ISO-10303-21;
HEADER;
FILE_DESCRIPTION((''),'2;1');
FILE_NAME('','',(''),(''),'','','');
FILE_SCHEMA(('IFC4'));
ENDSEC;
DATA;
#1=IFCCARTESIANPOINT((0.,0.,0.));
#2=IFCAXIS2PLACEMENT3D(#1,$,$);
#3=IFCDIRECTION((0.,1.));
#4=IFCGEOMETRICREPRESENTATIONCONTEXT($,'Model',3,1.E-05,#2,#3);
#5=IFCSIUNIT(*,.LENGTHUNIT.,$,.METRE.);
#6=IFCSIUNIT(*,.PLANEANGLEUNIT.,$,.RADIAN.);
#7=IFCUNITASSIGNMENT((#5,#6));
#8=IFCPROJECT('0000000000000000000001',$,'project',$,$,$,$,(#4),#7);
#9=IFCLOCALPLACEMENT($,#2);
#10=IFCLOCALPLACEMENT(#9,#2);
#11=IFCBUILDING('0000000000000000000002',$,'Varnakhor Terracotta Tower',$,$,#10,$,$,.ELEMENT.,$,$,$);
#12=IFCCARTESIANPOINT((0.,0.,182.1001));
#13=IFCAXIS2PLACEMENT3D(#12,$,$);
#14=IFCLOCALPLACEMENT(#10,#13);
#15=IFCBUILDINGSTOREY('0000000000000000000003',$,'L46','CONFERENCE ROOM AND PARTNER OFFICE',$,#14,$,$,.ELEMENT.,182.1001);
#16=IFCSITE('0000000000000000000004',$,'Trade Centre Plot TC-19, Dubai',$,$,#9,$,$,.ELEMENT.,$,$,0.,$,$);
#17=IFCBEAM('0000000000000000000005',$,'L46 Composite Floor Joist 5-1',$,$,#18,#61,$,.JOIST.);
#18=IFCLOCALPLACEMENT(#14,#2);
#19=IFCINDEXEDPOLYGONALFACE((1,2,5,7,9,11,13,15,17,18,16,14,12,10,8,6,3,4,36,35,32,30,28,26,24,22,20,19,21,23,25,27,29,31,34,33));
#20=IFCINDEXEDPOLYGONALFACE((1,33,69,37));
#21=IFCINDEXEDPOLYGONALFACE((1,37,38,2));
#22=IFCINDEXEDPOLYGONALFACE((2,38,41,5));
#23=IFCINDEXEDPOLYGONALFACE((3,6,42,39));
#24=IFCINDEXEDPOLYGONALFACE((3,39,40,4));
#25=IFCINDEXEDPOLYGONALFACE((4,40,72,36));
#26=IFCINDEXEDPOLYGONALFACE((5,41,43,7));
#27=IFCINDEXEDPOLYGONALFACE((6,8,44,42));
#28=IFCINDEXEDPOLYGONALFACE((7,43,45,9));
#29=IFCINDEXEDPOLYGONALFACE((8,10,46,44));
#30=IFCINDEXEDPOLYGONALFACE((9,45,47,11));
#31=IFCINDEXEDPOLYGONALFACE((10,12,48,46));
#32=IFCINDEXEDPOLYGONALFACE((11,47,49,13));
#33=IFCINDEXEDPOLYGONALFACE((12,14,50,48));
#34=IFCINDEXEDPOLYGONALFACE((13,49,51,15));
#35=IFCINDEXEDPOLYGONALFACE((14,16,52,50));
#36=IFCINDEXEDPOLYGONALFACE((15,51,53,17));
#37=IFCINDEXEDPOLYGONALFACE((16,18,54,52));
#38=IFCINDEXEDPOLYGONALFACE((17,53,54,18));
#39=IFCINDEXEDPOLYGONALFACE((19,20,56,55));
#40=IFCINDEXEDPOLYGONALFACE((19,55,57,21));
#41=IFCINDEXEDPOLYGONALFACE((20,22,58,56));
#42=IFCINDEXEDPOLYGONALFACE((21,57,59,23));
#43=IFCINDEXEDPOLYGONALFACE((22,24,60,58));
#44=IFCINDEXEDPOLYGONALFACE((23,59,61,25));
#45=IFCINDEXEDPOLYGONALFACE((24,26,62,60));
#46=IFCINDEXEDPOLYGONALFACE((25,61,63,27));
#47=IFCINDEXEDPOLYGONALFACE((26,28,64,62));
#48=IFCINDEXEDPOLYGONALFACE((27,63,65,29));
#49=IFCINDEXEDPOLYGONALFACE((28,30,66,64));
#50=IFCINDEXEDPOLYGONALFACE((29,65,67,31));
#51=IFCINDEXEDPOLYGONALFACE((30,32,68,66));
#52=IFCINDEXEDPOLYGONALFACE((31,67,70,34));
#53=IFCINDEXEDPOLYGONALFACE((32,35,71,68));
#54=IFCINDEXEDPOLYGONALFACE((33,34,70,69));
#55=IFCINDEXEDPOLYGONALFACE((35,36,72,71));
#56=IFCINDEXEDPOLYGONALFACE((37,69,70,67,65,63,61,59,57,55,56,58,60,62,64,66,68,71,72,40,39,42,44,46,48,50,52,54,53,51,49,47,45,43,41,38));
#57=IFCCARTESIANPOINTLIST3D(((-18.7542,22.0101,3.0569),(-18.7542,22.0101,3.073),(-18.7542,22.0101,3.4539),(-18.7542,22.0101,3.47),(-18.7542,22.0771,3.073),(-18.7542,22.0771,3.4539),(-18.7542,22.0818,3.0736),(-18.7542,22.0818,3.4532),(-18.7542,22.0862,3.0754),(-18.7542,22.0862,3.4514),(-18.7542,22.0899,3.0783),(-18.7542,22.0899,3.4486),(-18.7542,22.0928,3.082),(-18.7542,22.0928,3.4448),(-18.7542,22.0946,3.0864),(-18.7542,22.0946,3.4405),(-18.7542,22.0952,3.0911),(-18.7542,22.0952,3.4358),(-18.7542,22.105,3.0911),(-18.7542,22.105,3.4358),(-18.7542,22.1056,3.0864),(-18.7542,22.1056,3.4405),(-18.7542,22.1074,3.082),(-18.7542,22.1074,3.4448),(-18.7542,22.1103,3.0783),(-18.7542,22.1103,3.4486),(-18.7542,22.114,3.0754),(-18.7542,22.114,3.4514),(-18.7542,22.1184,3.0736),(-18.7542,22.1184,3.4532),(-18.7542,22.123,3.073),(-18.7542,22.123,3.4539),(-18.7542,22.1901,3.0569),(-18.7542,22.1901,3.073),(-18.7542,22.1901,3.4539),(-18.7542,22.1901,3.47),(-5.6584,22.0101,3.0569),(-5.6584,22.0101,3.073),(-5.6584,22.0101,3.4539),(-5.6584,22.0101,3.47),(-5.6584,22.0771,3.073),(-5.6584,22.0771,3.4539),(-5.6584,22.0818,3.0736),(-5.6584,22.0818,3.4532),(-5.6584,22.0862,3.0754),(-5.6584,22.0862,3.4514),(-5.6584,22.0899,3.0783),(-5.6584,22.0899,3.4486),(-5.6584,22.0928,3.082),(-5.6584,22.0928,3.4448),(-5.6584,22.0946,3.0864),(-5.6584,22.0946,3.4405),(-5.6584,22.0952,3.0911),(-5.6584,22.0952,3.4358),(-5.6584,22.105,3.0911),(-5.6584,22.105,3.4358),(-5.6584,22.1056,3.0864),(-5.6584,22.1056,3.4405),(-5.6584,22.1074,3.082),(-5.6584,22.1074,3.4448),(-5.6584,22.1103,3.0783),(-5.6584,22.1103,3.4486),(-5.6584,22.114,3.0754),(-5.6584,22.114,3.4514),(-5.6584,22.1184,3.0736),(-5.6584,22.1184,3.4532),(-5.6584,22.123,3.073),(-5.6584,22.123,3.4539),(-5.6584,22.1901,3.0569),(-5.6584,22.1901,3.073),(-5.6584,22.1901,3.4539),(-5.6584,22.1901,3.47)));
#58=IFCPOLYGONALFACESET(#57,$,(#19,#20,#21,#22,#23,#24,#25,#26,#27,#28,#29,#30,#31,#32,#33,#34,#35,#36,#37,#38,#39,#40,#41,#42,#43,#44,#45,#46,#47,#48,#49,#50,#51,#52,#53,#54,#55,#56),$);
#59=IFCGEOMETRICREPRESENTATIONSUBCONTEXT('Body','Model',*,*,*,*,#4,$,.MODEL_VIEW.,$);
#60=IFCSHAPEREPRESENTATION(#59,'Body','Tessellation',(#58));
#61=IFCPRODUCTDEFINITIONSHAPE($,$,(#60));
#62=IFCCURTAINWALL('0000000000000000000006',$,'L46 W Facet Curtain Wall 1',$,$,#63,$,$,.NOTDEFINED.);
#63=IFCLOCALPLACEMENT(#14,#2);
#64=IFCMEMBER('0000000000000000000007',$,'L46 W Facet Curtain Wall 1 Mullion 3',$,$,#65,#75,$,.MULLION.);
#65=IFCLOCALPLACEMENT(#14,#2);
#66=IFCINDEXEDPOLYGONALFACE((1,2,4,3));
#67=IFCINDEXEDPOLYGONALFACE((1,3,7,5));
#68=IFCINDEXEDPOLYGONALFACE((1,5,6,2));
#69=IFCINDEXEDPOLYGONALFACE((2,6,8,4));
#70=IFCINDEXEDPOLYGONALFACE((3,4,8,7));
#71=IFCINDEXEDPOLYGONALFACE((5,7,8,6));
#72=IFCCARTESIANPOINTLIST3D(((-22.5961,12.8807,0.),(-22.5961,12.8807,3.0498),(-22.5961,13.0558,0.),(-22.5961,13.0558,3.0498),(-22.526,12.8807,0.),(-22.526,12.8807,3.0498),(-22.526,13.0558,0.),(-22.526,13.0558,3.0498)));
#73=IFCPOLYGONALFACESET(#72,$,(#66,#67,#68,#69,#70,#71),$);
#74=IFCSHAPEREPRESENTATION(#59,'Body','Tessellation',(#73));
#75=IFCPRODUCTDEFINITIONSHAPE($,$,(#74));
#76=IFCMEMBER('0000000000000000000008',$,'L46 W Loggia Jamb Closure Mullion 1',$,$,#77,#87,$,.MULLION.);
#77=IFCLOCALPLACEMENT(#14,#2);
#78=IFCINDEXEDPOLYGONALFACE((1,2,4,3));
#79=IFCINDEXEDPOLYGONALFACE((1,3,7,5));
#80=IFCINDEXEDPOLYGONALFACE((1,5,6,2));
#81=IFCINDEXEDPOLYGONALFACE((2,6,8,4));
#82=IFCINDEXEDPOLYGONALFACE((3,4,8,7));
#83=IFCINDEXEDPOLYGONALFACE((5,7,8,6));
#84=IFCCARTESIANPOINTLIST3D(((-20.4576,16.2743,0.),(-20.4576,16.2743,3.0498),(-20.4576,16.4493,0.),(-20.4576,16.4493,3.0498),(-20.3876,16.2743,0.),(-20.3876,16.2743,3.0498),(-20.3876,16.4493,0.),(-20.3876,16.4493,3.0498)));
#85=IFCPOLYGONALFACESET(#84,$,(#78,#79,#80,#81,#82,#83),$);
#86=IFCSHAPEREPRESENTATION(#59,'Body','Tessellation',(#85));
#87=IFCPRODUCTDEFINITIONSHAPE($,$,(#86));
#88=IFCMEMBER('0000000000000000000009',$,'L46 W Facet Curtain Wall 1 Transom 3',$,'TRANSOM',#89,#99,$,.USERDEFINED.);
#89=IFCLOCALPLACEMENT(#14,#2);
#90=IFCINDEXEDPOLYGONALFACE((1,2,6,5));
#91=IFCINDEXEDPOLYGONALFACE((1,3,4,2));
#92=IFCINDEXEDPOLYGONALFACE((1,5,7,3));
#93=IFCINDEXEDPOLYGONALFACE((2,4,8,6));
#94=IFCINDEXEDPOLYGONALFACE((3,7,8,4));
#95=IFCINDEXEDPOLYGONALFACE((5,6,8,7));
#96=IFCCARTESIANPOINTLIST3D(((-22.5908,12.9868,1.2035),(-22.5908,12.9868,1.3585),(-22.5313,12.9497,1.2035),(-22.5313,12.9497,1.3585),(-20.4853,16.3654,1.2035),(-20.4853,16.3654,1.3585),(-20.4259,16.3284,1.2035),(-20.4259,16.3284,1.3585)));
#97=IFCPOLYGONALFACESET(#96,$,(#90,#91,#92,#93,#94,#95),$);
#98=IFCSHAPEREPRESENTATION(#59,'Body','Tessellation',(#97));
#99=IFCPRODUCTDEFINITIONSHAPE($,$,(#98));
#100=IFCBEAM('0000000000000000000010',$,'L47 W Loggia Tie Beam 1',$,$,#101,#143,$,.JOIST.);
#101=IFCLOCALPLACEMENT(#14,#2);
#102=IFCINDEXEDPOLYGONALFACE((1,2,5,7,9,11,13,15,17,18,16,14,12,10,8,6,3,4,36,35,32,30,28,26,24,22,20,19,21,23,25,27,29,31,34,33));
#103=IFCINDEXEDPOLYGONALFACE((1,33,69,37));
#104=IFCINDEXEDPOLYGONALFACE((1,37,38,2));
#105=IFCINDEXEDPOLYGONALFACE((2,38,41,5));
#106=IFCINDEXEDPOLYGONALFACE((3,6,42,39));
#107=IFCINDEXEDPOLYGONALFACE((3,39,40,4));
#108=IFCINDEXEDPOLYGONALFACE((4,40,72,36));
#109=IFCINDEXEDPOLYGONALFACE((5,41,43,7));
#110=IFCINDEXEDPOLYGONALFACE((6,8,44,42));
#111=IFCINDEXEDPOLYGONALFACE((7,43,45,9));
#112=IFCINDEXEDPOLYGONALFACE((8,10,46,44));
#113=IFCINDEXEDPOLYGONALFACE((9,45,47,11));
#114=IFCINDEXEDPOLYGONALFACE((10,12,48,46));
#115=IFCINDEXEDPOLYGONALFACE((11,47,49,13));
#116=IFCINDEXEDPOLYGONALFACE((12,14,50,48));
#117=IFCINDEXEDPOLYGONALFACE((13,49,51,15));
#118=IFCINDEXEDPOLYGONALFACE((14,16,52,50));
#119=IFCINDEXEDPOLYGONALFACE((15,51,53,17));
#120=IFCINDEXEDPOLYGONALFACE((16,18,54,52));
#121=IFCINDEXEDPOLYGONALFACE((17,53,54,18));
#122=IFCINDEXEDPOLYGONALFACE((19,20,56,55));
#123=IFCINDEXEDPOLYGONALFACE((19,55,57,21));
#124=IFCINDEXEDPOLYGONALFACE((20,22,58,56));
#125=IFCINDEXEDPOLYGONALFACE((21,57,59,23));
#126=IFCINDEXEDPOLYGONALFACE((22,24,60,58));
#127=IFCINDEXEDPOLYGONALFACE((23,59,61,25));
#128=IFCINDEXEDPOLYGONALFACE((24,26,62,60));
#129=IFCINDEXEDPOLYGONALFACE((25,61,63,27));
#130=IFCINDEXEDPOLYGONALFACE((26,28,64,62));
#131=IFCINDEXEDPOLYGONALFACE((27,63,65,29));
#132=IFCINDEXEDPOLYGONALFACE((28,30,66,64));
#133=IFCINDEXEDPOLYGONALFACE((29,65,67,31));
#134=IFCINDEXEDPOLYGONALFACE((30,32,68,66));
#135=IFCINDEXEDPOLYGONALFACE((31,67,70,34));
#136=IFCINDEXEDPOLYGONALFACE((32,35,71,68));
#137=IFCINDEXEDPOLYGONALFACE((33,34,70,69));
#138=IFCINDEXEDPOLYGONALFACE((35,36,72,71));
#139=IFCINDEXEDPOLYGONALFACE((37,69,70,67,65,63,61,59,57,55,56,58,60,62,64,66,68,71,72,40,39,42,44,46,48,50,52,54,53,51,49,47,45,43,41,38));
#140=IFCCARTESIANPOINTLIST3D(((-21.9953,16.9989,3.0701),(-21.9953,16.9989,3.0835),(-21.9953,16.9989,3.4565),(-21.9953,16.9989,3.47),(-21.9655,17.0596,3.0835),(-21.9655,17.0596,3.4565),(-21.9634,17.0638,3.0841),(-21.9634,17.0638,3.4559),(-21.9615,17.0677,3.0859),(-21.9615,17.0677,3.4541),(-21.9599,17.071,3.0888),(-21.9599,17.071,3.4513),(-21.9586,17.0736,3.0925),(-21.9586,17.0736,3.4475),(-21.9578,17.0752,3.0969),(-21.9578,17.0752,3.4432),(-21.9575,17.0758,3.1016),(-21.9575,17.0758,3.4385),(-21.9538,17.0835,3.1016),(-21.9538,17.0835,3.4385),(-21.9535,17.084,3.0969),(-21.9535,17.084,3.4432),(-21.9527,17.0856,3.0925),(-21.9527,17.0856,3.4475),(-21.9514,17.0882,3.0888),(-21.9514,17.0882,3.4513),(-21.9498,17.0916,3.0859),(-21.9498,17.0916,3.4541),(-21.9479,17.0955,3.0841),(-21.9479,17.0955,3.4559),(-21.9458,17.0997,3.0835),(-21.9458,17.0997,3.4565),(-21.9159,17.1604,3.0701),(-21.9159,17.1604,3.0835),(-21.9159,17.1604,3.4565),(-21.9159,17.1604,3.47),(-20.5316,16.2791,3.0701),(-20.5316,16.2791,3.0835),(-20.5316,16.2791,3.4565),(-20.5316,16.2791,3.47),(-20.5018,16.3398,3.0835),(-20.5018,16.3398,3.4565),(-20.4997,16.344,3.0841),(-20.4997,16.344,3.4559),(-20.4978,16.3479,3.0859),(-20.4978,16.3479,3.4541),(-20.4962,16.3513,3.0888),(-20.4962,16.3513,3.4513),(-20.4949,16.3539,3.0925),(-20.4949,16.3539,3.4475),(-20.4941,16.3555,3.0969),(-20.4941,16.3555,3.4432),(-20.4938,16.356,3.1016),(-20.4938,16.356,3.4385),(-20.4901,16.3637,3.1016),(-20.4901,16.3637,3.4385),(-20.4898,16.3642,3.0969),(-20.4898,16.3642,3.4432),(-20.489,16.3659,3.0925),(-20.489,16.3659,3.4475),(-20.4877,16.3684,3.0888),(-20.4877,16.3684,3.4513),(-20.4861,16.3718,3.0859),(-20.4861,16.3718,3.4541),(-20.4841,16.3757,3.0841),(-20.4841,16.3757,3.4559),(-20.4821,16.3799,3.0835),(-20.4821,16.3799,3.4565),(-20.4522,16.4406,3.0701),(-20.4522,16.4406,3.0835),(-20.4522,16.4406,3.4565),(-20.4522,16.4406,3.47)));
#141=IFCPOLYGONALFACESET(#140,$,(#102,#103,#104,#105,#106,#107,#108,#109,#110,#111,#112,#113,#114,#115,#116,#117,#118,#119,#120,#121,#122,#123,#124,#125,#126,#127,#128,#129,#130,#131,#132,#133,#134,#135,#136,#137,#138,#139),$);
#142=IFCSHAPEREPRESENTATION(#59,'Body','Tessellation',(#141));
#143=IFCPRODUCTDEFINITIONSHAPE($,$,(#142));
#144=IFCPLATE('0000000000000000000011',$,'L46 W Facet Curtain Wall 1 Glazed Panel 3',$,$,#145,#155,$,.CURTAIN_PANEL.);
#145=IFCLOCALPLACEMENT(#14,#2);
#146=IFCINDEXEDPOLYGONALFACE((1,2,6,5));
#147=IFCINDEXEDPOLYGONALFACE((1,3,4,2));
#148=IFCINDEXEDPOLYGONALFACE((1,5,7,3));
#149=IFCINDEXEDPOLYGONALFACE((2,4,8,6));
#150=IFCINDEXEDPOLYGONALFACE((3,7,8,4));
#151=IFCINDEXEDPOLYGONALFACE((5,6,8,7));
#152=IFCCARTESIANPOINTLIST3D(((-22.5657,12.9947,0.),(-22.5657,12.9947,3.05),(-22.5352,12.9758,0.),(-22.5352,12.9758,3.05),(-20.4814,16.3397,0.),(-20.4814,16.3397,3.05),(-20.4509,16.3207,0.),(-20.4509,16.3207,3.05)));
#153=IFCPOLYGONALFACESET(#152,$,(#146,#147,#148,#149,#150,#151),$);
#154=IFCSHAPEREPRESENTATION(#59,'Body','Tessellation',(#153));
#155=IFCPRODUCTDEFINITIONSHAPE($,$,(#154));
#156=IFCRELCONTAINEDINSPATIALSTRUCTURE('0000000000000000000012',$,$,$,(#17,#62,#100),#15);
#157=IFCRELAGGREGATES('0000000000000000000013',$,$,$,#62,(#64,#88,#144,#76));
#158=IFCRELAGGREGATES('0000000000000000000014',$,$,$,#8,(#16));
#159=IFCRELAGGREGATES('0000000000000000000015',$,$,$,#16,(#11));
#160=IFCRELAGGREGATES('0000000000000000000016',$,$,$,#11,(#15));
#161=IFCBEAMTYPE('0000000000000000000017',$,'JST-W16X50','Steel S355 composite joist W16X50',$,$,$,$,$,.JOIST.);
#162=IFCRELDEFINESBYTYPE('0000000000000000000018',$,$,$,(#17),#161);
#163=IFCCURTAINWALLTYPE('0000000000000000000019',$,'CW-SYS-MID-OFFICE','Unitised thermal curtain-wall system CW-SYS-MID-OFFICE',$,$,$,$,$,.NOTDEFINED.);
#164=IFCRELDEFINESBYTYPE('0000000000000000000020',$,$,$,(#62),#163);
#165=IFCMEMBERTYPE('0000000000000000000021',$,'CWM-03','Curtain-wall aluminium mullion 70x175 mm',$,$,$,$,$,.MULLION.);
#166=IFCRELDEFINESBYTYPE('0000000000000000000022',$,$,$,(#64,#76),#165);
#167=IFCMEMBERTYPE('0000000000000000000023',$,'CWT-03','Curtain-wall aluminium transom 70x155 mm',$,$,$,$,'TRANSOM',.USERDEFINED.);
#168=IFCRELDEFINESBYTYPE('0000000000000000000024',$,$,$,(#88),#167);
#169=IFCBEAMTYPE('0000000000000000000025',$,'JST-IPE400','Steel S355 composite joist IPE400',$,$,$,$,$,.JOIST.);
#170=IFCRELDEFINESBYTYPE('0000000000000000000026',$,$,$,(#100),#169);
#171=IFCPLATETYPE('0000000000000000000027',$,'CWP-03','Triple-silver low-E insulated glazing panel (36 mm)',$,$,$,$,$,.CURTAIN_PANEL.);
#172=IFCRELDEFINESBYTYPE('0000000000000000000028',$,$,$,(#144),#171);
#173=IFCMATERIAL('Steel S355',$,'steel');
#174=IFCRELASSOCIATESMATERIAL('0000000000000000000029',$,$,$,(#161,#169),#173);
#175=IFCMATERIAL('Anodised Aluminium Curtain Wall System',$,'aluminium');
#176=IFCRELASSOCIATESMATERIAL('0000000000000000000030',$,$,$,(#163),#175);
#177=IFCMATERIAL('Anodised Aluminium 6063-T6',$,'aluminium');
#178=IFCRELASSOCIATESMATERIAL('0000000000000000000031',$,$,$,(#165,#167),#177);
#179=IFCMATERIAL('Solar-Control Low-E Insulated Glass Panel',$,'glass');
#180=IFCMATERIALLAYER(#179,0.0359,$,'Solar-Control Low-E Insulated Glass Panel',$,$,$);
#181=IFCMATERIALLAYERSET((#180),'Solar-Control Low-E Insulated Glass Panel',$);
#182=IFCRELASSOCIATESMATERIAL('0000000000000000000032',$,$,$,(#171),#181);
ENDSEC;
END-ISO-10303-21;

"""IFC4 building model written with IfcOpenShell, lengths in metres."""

from ifc_helpers import new_model, si_unit, direction, frame, origin, origin_2d, place, context, subcontext, project, spatial, rectangle, i_section, extrude, source, transform, mapped, material, layer, layer_set, material_profile, profile_set, type_object, type_shapes, element, aggregate, save


model = new_model("IFC4")

# Units and contexts
model_context = context("Model", 3, precision=1e-05, world=origin(), true_north=direction((0.0, 1.0)))
body_context = subcontext(model_context, "Body", "Model", "MODEL_VIEW")
ifc_project = project(units=[si_unit("LENGTHUNIT", "METRE"), si_unit("PLANEANGLEUNIT", "RADIAN")], contexts=[model_context])

# Site, building, storey
site_placement = place(None, origin())
site = spatial("IfcSite", under=ifc_project, at=site_placement, Name="Trade Centre Plot TC-19, Dubai", CompositionType="ELEMENT", RefElevation=0.0)
building_placement = place(site_placement, origin())
building = spatial("IfcBuilding", under=site, at=building_placement, Name="Varnakhor Terracotta Tower", CompositionType="ELEMENT")
storey_placement = place(building_placement, frame((0.0, 0.0, 182.1001)))
storey = spatial("IfcBuildingStorey", under=building, at=storey_placement, Name="L46", Description="CONFERENCE ROOM AND PARTNER OFFICE", CompositionType="ELEMENT", Elevation=182.1001)

# Beam
ifc_material_1 = material(Name="Steel S355", Category="steel")
ifc_material_profile_1 = material_profile(ifc_material_1, i_section(OverallWidth=0.1799, OverallDepth=0.4131, WebThickness=0.0098, FlangeThickness=0.0161, FilletRadius=0.0181, at=origin_2d()), Name="W16X50")
ifc_profile_set_1 = profile_set([ifc_material_profile_1], Name="Steel S355")
beam_type_1 = type_object("IfcBeamType", Name="JST-W16X50", Description="Steel S355 composite joist W16X50", PredefinedType="JOIST", material=ifc_profile_set_1)
shared_shape_1 = source(origin(), body_context, "Body", "SweptSolid", [
    extrude(i_section(OverallWidth=0.1799, OverallDepth=0.4131, WebThickness=0.0098, FlangeThickness=0.0161, FilletRadius=0.0181, at=origin_2d()), origin(), (0.0, 0.0, 1.0), 13.0957),
])
beam_1_placement = place(storey_placement, frame((-18.7542, 22.1001, 3.2634), z_axis=(1.0, 0.0, 0.0), x_axis=(0.0, 1.0, 0.0)))
element("IfcBeam", 1, at=beam_1_placement, inside=storey, type_object=beam_type_1, Name="L46 Composite Floor Joist 5-1", PredefinedType="JOIST", context=body_context, shape_type="MappedRepresentation", body=[
    mapped(shared_shape_1, transform((0.0, 0.0, 0.0), scale=1.0)),
])

# Curtain wall, members
ifc_material_2 = material(Name="Anodised Aluminium Curtain Wall System", Category="aluminium")
curtain_wall_type = type_object("IfcCurtainWallType", Name="CW-SYS-MID-OFFICE", Description="Unitised thermal curtain-wall system CW-SYS-MID-OFFICE", PredefinedType="NOTDEFINED", material=ifc_material_2)
curtain_wall_placement = place(storey_placement, origin())
curtain_wall = element("IfcCurtainWall", 2, at=curtain_wall_placement, inside=storey, type_object=curtain_wall_type, Name="L46 W Facet Curtain Wall 1", PredefinedType="NOTDEFINED")
ifc_material_3 = material(Name="Anodised Aluminium 6063-T6", Category="aluminium")
ifc_material_profile_2 = material_profile(ifc_material_3, rectangle(XDim=0.0701, YDim=0.175, at=origin_2d()), Name="ALU MULLION 70x175")
ifc_profile_set_2 = profile_set([ifc_material_profile_2], Name="Anodised Aluminium 6063-T6")
member_type_1 = type_object("IfcMemberType", Name="CWM-03", Description="Curtain-wall aluminium mullion 70x175 mm", PredefinedType="MULLION", material=ifc_profile_set_2)
shared_shape_2 = source(origin(), body_context, "Body", "SweptSolid", [
    extrude(rectangle(XDim=0.0701, YDim=0.175, at=origin_2d()), origin(), (0.0, 0.0, 1.0), 3.0498),
])
type_shapes(member_type_1, [shared_shape_2])
member_1_placement = place(storey_placement, frame((-22.561, 12.9683, 0.0), z_axis=(0.0, 0.0, 1.0), x_axis=(1.0, 0.0, 0.0)))
member_1 = element("IfcMember", 3, at=member_1_placement, type_object=member_type_1, Name="L46 W Facet Curtain Wall 1 Mullion 3", PredefinedType="MULLION", context=body_context, shape_type="MappedRepresentation", body=[
    mapped(shared_shape_2, transform((0.0, 0.0, 0.0), scale=1.0)),
])
member_2_placement = place(storey_placement, frame((-20.4226, 16.3618, 0.0), z_axis=(0.0, 0.0, 1.0), x_axis=(1.0, 0.0, 0.0)))
member_2 = element("IfcMember", 4, at=member_2_placement, type_object=member_type_1, Name="L46 W Loggia Jamb Closure Mullion 1", PredefinedType="MULLION", context=body_context, shape_type="MappedRepresentation", body=[
    mapped(shared_shape_2, transform((0.0, 0.0, 0.0), scale=1.0)),
])
ifc_material_profile_3 = material_profile(ifc_material_3, rectangle(XDim=0.0701, YDim=0.155, at=origin_2d()), Name="ALU TRANSOM 70x155")
ifc_profile_set_3 = profile_set([ifc_material_profile_3], Name="Anodised Aluminium 6063-T6")
member_type_2 = type_object("IfcMemberType", Name="CWT-03", Description="Curtain-wall aluminium transom 70x155 mm", ElementType="TRANSOM", PredefinedType="USERDEFINED", material=ifc_profile_set_3)
shared_shape_3 = source(origin(), body_context, "Body", "SweptSolid", [
    extrude(rectangle(XDim=0.0701, YDim=0.155, at=origin_2d()), origin(), (0.0, 0.0, 1.0), 3.981),
])
member_3_placement = place(storey_placement, frame((-22.561, 12.9683, 1.281), z_axis=(0.528879, 0.848697, 0.0), x_axis=(-0.848697, 0.528879, 0.0)))
member_3 = element("IfcMember", 5, at=member_3_placement, type_object=member_type_2, Name="L46 W Facet Curtain Wall 1 Transom 3", ObjectType="TRANSOM", PredefinedType="USERDEFINED", context=body_context, shape_type="MappedRepresentation", body=[
    mapped(shared_shape_3, transform((0.0, 0.0, 0.0), scale=1.0)),
])

# Beam
ifc_material_profile_4 = material_profile(ifc_material_1, i_section(OverallWidth=0.1799, OverallDepth=0.3999, WebThickness=0.0085, FlangeThickness=0.0134, FilletRadius=0.0181, at=origin_2d()), Name="IPE400")
ifc_profile_set_4 = profile_set([ifc_material_profile_4], Name="Steel S355")
beam_type_2 = type_object("IfcBeamType", Name="JST-IPE400", Description="Steel S355 composite joist IPE400", PredefinedType="JOIST", material=ifc_profile_set_4)
shared_shape_4 = source(origin(), body_context, "Body", "SweptSolid", [
    extrude(i_section(OverallWidth=0.1799, OverallDepth=0.3999, WebThickness=0.0085, FlangeThickness=0.0134, FilletRadius=0.0181, at=origin_2d()), origin(), (0.0, 0.0, 1.0), 1.6311),
])
beam_2_placement = place(storey_placement, frame((-20.4919, 16.3599, 3.27), z_axis=(-0.897371, 0.441276, 0.0), x_axis=(-0.441276, -0.897371, 0.0)))
element("IfcBeam", 6, at=beam_2_placement, inside=storey, type_object=beam_type_2, Name="L47 W Loggia Tie Beam 1", PredefinedType="JOIST", context=body_context, shape_type="MappedRepresentation", body=[
    mapped(shared_shape_4, transform((0.0, 0.0, 0.0), scale=1.0)),
])

# Plate
ifc_material_4 = material(Name="Solar-Control Low-E Insulated Glass Panel", Category="glass")
ifc_layer_1 = layer(ifc_material_4, 0.0359, Name="Solar-Control Low-E Insulated Glass Panel")
ifc_layer_set_1 = layer_set([ifc_layer_1], Name="Solar-Control Low-E Insulated Glass Panel")
plate_type = type_object("IfcPlateType", Name="CWP-03", Description="Triple-silver low-E insulated glazing panel (36 mm)", PredefinedType="CURTAIN_PANEL", material=ifc_layer_set_1)
shared_shape_5 = source(origin(), body_context, "Body", "SweptSolid", [
    extrude(rectangle(XDim=3.9412, YDim=0.0359, at=origin_2d()), origin(), (0.0, 0.0, 1.0), 3.05),
])
plate_placement = place(storey_placement, frame((-21.5083, 14.6577, 0.0), z_axis=(0.0, 0.0, 1.0), x_axis=(0.528853, 0.848713, 0.0)))
plate = element("IfcPlate", 7, at=plate_placement, type_object=plate_type, Name="L46 W Facet Curtain Wall 1 Glazed Panel 3", PredefinedType="CURTAIN_PANEL", context=body_context, shape_type="MappedRepresentation", body=[
    mapped(shared_shape_5, transform((0.0, 0.0, 0.0), scale=1.0)),
])
aggregate(curtain_wall, [member_1, member_3, plate, member_2])

save(model, "model.ifc")
